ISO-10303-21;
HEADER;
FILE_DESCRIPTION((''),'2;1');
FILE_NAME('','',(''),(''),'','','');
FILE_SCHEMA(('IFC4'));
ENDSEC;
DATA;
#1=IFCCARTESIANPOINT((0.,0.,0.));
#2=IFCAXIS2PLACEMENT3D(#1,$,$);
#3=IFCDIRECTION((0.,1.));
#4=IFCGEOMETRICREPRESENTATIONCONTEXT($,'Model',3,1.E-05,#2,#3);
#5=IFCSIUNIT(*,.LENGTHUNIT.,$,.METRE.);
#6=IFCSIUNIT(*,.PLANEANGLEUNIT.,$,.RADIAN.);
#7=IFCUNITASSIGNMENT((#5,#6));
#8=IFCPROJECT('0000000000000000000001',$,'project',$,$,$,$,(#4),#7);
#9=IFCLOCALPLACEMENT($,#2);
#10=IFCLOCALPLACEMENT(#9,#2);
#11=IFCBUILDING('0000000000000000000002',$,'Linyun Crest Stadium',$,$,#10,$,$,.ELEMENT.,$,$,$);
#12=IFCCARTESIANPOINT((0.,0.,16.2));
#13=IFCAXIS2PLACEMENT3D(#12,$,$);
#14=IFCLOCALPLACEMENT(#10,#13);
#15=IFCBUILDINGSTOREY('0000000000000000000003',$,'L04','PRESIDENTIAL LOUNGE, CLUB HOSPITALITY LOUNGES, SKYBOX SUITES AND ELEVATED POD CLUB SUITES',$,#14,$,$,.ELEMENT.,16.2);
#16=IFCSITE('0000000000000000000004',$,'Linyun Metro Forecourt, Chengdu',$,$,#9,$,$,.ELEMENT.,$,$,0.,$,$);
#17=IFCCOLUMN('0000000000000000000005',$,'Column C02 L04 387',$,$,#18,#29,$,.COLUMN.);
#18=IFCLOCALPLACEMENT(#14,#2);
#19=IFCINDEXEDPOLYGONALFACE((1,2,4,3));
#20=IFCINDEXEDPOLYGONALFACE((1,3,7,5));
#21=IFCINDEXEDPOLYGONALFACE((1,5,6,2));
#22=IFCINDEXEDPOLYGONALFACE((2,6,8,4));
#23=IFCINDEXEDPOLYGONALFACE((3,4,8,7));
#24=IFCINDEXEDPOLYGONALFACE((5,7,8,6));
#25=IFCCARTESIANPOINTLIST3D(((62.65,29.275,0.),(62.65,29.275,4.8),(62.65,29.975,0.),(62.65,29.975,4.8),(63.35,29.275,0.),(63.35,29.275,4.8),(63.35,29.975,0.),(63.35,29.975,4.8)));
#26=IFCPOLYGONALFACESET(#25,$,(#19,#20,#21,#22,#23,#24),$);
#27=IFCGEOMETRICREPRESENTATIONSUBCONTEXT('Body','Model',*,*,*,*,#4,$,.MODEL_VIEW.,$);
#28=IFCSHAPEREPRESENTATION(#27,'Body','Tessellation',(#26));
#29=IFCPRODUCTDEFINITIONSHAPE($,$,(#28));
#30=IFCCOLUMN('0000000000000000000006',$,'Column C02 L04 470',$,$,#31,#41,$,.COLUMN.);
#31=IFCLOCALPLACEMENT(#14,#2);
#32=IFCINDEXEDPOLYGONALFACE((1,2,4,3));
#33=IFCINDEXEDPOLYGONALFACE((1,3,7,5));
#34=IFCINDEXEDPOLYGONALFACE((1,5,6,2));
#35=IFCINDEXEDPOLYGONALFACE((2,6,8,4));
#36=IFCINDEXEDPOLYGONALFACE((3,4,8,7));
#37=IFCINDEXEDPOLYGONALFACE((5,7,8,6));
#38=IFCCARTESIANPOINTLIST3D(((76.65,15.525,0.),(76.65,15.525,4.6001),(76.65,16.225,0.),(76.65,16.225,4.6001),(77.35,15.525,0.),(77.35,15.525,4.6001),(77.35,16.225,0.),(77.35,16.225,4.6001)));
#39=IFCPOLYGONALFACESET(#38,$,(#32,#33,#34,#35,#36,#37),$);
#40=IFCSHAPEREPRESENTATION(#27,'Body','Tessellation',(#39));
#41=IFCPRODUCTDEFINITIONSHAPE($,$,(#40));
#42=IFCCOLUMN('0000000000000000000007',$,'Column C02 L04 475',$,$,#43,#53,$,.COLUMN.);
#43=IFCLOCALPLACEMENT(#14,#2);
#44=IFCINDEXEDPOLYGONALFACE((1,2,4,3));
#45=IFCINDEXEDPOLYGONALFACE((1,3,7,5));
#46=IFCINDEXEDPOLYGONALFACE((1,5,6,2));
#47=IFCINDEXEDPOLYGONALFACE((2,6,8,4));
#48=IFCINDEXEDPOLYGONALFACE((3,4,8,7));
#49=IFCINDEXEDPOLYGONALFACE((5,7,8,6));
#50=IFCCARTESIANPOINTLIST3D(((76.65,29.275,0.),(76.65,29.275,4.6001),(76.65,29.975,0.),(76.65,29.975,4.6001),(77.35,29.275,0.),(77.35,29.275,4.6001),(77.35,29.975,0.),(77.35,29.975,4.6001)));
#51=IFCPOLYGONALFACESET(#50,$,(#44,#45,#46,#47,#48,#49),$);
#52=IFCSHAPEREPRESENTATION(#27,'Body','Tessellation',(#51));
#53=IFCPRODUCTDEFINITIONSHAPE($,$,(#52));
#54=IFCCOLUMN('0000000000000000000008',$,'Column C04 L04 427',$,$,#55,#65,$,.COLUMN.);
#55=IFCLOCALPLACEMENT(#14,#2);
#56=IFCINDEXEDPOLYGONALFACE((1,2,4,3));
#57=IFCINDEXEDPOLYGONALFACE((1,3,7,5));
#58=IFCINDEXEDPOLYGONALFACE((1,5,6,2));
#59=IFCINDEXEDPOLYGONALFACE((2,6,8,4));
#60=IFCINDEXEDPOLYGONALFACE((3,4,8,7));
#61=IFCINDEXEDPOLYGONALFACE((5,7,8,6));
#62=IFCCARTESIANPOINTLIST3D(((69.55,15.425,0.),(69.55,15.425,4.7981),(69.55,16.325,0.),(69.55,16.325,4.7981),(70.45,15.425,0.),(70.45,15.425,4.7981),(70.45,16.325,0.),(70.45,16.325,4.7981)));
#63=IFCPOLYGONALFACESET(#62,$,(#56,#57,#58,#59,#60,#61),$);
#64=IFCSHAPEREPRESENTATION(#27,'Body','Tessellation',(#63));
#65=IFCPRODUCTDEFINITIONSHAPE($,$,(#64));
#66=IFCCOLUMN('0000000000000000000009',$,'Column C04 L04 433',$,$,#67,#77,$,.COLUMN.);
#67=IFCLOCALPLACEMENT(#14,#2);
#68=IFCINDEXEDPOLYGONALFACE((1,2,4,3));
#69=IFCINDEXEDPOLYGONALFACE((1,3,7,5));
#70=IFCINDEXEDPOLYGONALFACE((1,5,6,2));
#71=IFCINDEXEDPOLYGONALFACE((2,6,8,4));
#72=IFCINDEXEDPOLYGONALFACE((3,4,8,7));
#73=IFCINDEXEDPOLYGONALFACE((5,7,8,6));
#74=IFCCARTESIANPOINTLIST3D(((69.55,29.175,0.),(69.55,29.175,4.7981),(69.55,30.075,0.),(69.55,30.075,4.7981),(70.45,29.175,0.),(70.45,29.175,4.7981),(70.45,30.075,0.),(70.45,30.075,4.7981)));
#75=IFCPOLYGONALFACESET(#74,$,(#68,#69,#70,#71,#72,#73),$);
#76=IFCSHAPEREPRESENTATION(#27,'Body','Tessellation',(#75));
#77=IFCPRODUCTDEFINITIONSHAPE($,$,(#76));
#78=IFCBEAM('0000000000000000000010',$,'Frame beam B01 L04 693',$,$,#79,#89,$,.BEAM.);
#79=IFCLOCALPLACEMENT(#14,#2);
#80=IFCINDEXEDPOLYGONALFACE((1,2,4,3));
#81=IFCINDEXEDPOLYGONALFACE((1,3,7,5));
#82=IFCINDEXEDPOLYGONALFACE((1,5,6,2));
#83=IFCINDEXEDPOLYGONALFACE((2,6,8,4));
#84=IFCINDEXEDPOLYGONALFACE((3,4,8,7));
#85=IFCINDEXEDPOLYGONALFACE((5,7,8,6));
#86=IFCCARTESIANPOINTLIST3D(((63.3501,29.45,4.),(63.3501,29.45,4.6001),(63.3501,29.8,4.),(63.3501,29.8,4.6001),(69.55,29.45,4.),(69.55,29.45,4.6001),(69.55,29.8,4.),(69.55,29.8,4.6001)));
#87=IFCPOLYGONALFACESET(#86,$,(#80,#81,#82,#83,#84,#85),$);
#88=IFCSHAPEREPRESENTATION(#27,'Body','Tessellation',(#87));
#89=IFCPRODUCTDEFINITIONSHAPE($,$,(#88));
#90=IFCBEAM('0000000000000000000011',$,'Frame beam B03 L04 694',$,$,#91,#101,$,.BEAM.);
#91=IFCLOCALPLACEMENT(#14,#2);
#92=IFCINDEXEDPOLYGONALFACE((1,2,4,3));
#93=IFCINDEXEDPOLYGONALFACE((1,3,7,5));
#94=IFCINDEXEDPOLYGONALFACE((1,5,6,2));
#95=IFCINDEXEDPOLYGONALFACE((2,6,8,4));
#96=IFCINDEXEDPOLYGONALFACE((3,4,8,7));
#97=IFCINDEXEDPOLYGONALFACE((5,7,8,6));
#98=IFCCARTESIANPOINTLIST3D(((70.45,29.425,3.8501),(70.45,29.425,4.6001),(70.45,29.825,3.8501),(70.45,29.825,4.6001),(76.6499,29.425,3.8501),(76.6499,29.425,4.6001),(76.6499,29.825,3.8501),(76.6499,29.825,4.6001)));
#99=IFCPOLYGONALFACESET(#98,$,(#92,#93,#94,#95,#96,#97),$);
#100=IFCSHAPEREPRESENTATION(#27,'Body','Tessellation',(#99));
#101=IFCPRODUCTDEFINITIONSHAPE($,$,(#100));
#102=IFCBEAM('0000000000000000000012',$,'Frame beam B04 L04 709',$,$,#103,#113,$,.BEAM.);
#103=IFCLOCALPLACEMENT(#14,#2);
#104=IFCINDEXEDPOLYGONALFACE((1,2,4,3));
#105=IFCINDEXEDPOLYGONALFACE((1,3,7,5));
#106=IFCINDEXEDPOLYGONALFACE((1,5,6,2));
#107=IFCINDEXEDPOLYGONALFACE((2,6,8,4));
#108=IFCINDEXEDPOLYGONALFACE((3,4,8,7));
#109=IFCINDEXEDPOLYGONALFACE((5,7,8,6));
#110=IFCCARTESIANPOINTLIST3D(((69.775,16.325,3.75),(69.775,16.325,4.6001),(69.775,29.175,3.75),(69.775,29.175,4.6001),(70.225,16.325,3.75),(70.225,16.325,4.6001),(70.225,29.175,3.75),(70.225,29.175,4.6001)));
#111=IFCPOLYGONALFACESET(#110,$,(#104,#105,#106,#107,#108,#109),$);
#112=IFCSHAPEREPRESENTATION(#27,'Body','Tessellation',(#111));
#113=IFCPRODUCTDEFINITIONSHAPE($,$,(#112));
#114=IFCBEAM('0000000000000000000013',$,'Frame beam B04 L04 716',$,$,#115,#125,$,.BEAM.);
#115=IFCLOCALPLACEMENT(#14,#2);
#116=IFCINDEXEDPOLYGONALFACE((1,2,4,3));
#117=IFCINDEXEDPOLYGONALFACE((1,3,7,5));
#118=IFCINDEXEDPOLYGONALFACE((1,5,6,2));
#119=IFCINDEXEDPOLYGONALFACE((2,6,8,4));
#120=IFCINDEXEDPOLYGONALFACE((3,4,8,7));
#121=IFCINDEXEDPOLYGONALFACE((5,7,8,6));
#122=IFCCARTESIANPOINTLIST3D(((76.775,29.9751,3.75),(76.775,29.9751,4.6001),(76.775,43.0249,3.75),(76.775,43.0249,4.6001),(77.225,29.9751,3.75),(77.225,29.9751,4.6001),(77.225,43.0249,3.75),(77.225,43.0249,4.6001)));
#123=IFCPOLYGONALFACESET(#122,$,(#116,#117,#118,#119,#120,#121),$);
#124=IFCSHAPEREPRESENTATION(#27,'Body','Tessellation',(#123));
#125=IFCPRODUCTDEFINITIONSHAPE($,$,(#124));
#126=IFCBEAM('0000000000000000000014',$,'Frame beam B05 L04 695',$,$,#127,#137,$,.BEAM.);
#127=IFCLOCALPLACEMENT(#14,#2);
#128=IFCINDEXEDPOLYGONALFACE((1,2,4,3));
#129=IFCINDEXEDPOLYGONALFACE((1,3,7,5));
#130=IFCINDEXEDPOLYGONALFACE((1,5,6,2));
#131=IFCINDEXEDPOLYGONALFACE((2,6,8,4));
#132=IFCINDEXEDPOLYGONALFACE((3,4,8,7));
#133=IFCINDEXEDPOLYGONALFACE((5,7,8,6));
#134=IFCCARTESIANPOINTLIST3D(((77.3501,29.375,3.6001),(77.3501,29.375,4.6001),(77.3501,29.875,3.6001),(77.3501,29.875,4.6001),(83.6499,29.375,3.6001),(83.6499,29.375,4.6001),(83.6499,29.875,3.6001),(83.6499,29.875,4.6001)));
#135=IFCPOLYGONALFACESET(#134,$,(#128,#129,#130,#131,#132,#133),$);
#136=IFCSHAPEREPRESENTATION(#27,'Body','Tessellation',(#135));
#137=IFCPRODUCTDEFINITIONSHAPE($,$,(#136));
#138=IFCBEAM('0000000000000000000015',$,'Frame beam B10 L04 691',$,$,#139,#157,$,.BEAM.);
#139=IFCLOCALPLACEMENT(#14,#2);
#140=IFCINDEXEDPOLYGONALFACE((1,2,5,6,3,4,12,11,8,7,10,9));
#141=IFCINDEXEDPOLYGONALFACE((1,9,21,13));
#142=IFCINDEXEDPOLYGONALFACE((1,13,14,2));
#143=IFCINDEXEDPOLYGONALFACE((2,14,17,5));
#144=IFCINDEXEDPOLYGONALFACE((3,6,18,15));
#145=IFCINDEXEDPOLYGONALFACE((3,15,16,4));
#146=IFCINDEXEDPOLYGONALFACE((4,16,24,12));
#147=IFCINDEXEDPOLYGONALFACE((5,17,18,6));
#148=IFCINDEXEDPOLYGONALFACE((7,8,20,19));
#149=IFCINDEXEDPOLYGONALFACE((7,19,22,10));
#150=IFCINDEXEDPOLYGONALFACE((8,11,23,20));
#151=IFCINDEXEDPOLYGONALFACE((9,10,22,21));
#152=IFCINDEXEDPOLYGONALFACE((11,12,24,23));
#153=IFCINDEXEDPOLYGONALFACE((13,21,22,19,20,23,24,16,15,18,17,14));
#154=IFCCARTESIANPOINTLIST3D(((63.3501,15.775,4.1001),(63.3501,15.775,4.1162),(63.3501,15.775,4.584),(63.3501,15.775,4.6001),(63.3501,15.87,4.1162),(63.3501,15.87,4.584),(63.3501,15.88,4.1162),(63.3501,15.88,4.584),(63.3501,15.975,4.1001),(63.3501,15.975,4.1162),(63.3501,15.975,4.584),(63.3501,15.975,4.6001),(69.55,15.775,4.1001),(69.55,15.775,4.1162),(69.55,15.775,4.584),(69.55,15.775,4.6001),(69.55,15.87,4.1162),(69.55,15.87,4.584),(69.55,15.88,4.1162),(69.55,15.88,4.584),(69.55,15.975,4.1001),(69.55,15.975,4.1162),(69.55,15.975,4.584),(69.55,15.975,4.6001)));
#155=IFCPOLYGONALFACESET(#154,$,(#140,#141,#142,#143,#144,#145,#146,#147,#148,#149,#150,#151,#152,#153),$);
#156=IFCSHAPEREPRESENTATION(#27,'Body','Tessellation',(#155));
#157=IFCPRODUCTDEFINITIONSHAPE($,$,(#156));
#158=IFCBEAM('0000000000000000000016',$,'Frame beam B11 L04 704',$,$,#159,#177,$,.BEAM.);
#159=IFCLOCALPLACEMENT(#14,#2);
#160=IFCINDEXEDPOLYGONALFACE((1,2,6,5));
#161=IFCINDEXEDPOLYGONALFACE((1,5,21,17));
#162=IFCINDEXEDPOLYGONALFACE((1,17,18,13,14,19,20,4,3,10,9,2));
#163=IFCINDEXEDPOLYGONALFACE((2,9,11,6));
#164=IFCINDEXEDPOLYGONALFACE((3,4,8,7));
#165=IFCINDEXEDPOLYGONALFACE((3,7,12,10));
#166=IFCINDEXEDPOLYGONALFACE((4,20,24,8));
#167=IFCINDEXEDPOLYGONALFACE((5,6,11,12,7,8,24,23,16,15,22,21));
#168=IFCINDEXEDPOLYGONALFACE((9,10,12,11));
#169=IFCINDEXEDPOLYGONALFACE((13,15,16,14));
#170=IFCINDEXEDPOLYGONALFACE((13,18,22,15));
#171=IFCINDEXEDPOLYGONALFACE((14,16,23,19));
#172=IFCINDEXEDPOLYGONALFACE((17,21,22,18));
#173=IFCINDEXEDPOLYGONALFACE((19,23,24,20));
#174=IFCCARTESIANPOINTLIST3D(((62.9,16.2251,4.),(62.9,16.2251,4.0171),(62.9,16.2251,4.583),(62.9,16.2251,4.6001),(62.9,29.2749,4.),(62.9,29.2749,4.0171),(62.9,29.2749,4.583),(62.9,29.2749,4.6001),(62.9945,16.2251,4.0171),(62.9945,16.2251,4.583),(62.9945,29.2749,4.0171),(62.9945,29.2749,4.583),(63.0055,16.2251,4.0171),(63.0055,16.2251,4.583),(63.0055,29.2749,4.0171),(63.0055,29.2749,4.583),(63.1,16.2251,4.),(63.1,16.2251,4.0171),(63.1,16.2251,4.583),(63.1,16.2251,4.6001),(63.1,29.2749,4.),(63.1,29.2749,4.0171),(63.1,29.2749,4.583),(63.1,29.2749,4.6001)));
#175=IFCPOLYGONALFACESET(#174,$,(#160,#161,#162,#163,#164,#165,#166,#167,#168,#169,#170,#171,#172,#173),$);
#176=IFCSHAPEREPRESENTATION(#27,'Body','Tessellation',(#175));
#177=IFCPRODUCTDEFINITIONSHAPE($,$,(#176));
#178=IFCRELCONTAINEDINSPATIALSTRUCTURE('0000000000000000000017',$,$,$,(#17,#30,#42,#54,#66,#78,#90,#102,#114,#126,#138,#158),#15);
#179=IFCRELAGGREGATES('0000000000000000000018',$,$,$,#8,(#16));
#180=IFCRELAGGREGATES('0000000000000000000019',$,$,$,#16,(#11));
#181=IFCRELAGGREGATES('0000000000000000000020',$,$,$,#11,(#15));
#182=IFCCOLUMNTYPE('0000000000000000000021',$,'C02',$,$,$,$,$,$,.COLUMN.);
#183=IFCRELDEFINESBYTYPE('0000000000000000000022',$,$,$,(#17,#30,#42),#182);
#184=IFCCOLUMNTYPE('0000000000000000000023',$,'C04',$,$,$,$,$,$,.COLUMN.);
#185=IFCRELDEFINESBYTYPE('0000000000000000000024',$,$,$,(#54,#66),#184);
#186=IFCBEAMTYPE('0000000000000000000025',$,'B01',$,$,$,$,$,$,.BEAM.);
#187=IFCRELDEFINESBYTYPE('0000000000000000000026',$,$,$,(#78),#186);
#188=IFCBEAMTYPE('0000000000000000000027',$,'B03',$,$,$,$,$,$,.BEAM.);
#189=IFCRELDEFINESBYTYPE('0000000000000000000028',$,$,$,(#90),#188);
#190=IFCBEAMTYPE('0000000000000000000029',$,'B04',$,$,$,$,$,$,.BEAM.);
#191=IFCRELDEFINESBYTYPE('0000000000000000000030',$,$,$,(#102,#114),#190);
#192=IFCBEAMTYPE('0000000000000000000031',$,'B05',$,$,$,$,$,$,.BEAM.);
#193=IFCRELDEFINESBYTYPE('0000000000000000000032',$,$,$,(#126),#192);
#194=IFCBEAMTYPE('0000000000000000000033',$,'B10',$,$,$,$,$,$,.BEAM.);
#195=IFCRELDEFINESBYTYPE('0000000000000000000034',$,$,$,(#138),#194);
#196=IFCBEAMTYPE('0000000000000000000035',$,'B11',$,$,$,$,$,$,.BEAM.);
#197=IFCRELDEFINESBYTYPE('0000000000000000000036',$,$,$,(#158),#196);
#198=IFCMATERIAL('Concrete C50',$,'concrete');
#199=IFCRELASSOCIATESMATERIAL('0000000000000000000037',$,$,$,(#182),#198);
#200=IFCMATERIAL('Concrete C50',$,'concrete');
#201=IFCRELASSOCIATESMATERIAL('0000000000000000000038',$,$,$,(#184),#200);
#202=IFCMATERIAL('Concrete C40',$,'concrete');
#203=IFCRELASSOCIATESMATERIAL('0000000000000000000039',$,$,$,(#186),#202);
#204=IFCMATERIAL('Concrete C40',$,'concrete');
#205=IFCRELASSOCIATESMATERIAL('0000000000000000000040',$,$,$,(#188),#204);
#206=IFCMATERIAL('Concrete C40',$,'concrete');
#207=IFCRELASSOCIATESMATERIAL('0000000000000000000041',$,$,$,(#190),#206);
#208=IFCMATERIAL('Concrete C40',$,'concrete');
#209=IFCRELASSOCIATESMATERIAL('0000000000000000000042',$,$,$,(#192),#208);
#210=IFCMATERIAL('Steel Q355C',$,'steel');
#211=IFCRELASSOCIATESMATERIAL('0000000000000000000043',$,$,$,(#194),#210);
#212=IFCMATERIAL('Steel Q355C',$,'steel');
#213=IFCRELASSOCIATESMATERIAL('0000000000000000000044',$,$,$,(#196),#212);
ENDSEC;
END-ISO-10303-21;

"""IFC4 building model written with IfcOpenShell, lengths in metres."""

from ifc_helpers import new_model, si_unit, direction, frame, origin, origin_2d, place, context, subcontext, project, spatial, rectangle, i_section, extrude, material, material_profile, profile_set, type_object, element, save


model = new_model("IFC4")

# Units and contexts
model_context = context("Model", 3, precision=1e-05, world=origin(), true_north=direction((0.0, 1.0)))
body_context = subcontext(model_context, "Body", "Model", "MODEL_VIEW")
ifc_project = project(units=[si_unit("LENGTHUNIT", "METRE"), si_unit("PLANEANGLEUNIT", "RADIAN")], contexts=[model_context])

# Site, building, storey
site_placement = place(None, origin())
site = spatial("IfcSite", under=ifc_project, at=site_placement, Name="Linyun Metro Forecourt, Chengdu", CompositionType="ELEMENT", RefElevation=0.0)
building_placement = place(site_placement, origin())
building = spatial("IfcBuilding", under=site, at=building_placement, Name="Linyun Crest Stadium", CompositionType="ELEMENT")
storey_placement = place(building_placement, frame((0.0, 0.0, 16.2)))
storey = spatial("IfcBuildingStorey", under=building, at=storey_placement, Name="L04", Description="PRESIDENTIAL LOUNGE, CLUB HOSPITALITY LOUNGES, SKYBOX SUITES AND ELEVATED POD CLUB SUITES", CompositionType="ELEMENT", Elevation=16.2)

# Columns
ifc_material_1 = material(Name="Concrete C50", Category="concrete")
ifc_material_profile_1 = material_profile(ifc_material_1, rectangle(XDim=0.7, YDim=0.7, at=origin_2d()), Name="RC 700x700")
ifc_profile_set_1 = profile_set([ifc_material_profile_1], Name="Concrete C50")
column_type_1 = type_object("IfcColumnType", Name="C02", PredefinedType="COLUMN", material=ifc_profile_set_1)
column_placement = place(storey_placement, frame((63.0, 29.625, 0.0), z_axis=(0.0, 0.0, 1.0), x_axis=(1.0, 0.0, 0.0)))
element("IfcColumn", 1, at=column_placement, inside=storey, type_object=column_type_1, Name="Column C02 L04 387", PredefinedType="COLUMN", context=body_context, shape_type="SweptSolid", body=[
    extrude(rectangle(XDim=0.7, YDim=0.7, at=origin_2d()), origin(), (0.0, 0.0, 1.0), 4.8),
])
for number, where, z_axis, x_axis, name in (
    (2, (77.0, 15.875, 0.0), (0.0, 0.0, 1.0), (1.0, 0.0, 0.0), "Column C02 L04 470"),
    (3, (77.0, 29.625, 0.0), (0.0, 0.0, 1.0), (1.0, 0.0, 0.0), "Column C02 L04 475"),
):
    element("IfcColumn", number, at=place(storey_placement, frame(where, z_axis=z_axis, x_axis=x_axis)), inside=storey, type_object=column_type_1, Name=name, PredefinedType="COLUMN", context=body_context, shape_type="SweptSolid", body=[
        extrude(rectangle(XDim=0.7, YDim=0.7, at=origin_2d()), origin(), (0.0, 0.0, 1.0), 4.6001),
    ])
ifc_material_2 = material(Name="Concrete C50", Category="concrete")
ifc_material_profile_2 = material_profile(ifc_material_2, rectangle(XDim=0.8999, YDim=0.8999, at=origin_2d()), Name="RC 900x900")
ifc_profile_set_2 = profile_set([ifc_material_profile_2], Name="Concrete C50")
column_type_2 = type_object("IfcColumnType", Name="C04", PredefinedType="COLUMN", material=ifc_profile_set_2)
for number, where, z_axis, x_axis, name in (
    (4, (70.0, 15.875, 0.0), (0.0, 0.0, 1.0), (1.0, 0.0, 0.0), "Column C04 L04 427"),
    (5, (70.0, 29.625, 0.0), (0.0, 0.0, 1.0), (1.0, 0.0, 0.0), "Column C04 L04 433"),
):
    element("IfcColumn", number, at=place(storey_placement, frame(where, z_axis=z_axis, x_axis=x_axis)), inside=storey, type_object=column_type_2, Name=name, PredefinedType="COLUMN", context=body_context, shape_type="SweptSolid", body=[
        extrude(rectangle(XDim=0.8999, YDim=0.8999, at=origin_2d()), origin(), (0.0, 0.0, 1.0), 4.7981),
    ])

# Beams
ifc_material_3 = material(Name="Concrete C40", Category="concrete")
ifc_material_profile_3 = material_profile(ifc_material_3, rectangle(XDim=0.3501, YDim=0.6001, at=origin_2d()), Name="RCB 600x350")
ifc_profile_set_3 = profile_set([ifc_material_profile_3], Name="Concrete C40")
beam_type_1 = type_object("IfcBeamType", Name="B01", PredefinedType="BEAM", material=ifc_profile_set_3)
beam_1_placement = place(storey_placement, frame((63.3501, 29.625, 4.3), z_axis=(1.0, 0.0, 0.0), x_axis=(0.0, 1.0, 0.0)))
element("IfcBeam", 6, at=beam_1_placement, inside=storey, type_object=beam_type_1, Name="Frame beam B01 L04 693", PredefinedType="BEAM", context=body_context, shape_type="SweptSolid", body=[
    extrude(rectangle(XDim=0.3501, YDim=0.6001, at=origin_2d()), origin(), (0.0, 0.0, 1.0), 6.2),
])
ifc_material_4 = material(Name="Concrete C40", Category="concrete")
ifc_material_profile_4 = material_profile(ifc_material_4, rectangle(XDim=0.3999, YDim=0.75, at=origin_2d()), Name="RCB 750x400")
ifc_profile_set_4 = profile_set([ifc_material_profile_4], Name="Concrete C40")
beam_type_2 = type_object("IfcBeamType", Name="B03", PredefinedType="BEAM", material=ifc_profile_set_4)
beam_2_placement = place(storey_placement, frame((70.45, 29.625, 4.2251), z_axis=(1.0, 0.0, 0.0), x_axis=(0.0, 1.0, 0.0)))
element("IfcBeam", 7, at=beam_2_placement, inside=storey, type_object=beam_type_2, Name="Frame beam B03 L04 694", PredefinedType="BEAM", context=body_context, shape_type="SweptSolid", body=[
    extrude(rectangle(XDim=0.3999, YDim=0.75, at=origin_2d()), origin(), (0.0, 0.0, 1.0), 6.2),
])
ifc_material_5 = material(Name="Concrete C40", Category="concrete")
ifc_material_profile_5 = material_profile(ifc_material_5, rectangle(XDim=0.45, YDim=0.8501, at=origin_2d()), Name="RCB 850x450")
ifc_profile_set_5 = profile_set([ifc_material_profile_5], Name="Concrete C40")
beam_type_3 = type_object("IfcBeamType", Name="B04", PredefinedType="BEAM", material=ifc_profile_set_5)
beam_3_placement = place(storey_placement, frame((70.0, 16.325, 4.175), z_axis=(0.0, 1.0, 0.0), x_axis=(-1.0, 0.0, 0.0)))
element("IfcBeam", 8, at=beam_3_placement, inside=storey, type_object=beam_type_3, Name="Frame beam B04 L04 709", PredefinedType="BEAM", context=body_context, shape_type="SweptSolid", body=[
    extrude(rectangle(XDim=0.45, YDim=0.8501, at=origin_2d()), origin(), (0.0, 0.0, 1.0), 12.8501),
])
beam_4_placement = place(storey_placement, frame((77.0, 29.9751, 4.175), z_axis=(0.0, 1.0, 0.0), x_axis=(-1.0, 0.0, 0.0)))
element("IfcBeam", 9, at=beam_4_placement, inside=storey, type_object=beam_type_3, Name="Frame beam B04 L04 716", PredefinedType="BEAM", context=body_context, shape_type="SweptSolid", body=[
    extrude(rectangle(XDim=0.45, YDim=0.8501, at=origin_2d()), origin(), (0.0, 0.0, 1.0), 13.0498),
])
ifc_material_6 = material(Name="Concrete C40", Category="concrete")
ifc_material_profile_6 = material_profile(ifc_material_6, rectangle(XDim=0.5, YDim=1.0, at=origin_2d()), Name="RCB 1000x500")
ifc_profile_set_6 = profile_set([ifc_material_profile_6], Name="Concrete C40")
beam_type_4 = type_object("IfcBeamType", Name="B05", PredefinedType="BEAM", material=ifc_profile_set_6)
beam_5_placement = place(storey_placement, frame((77.3501, 29.625, 4.1001), z_axis=(1.0, 0.0, 0.0), x_axis=(0.0, 1.0, 0.0)))
element("IfcBeam", 10, at=beam_5_placement, inside=storey, type_object=beam_type_4, Name="Frame beam B05 L04 695", PredefinedType="BEAM", context=body_context, shape_type="SweptSolid", body=[
    extrude(rectangle(XDim=0.5, YDim=1.0, at=origin_2d()), origin(), (0.0, 0.0, 1.0), 6.2998),
])
ifc_material_7 = material(Name="Steel Q355C", Category="steel")
ifc_material_profile_7 = material_profile(ifc_material_7, i_section(OverallWidth=0.2, OverallDepth=0.5, WebThickness=0.01, FlangeThickness=0.0161, at=origin_2d()), Name="HN 500x200")
ifc_profile_set_7 = profile_set([ifc_material_profile_7], Name="Steel Q355C")
beam_type_5 = type_object("IfcBeamType", Name="B10", PredefinedType="BEAM", material=ifc_profile_set_7)
beam_6_placement = place(storey_placement, frame((63.3501, 15.875, 4.3501), z_axis=(1.0, 0.0, 0.0), x_axis=(0.0, 1.0, 0.0)))
element("IfcBeam", 11, at=beam_6_placement, inside=storey, type_object=beam_type_5, Name="Frame beam B10 L04 691", PredefinedType="BEAM", context=body_context, shape_type="SweptSolid", body=[
    extrude(i_section(OverallWidth=0.2, OverallDepth=0.5, WebThickness=0.01, FlangeThickness=0.0161, at=origin_2d()), origin(), (0.0, 0.0, 1.0), 6.2),
])
ifc_material_8 = material(Name="Steel Q355C", Category="steel")
ifc_material_profile_8 = material_profile(ifc_material_8, i_section(OverallWidth=0.2, OverallDepth=0.6001, WebThickness=0.011, FlangeThickness=0.0171, at=origin_2d()), Name="HN 600x200")
ifc_profile_set_8 = profile_set([ifc_material_profile_8], Name="Steel Q355C")
beam_type_6 = type_object("IfcBeamType", Name="B11", PredefinedType="BEAM", material=ifc_profile_set_8)
beam_7_placement = place(storey_placement, frame((63.0, 16.2251, 4.3), z_axis=(0.0, 1.0, 0.0), x_axis=(-1.0, 0.0, 0.0)))
element("IfcBeam", 12, at=beam_7_placement, inside=storey, type_object=beam_type_6, Name="Frame beam B11 L04 704", PredefinedType="BEAM", context=body_context, shape_type="SweptSolid", body=[
    extrude(i_section(OverallWidth=0.2, OverallDepth=0.6001, WebThickness=0.011, FlangeThickness=0.0171, at=origin_2d()), origin(), (0.0, 0.0, 1.0), 13.0498),
])

save(model, "model.ifc")
